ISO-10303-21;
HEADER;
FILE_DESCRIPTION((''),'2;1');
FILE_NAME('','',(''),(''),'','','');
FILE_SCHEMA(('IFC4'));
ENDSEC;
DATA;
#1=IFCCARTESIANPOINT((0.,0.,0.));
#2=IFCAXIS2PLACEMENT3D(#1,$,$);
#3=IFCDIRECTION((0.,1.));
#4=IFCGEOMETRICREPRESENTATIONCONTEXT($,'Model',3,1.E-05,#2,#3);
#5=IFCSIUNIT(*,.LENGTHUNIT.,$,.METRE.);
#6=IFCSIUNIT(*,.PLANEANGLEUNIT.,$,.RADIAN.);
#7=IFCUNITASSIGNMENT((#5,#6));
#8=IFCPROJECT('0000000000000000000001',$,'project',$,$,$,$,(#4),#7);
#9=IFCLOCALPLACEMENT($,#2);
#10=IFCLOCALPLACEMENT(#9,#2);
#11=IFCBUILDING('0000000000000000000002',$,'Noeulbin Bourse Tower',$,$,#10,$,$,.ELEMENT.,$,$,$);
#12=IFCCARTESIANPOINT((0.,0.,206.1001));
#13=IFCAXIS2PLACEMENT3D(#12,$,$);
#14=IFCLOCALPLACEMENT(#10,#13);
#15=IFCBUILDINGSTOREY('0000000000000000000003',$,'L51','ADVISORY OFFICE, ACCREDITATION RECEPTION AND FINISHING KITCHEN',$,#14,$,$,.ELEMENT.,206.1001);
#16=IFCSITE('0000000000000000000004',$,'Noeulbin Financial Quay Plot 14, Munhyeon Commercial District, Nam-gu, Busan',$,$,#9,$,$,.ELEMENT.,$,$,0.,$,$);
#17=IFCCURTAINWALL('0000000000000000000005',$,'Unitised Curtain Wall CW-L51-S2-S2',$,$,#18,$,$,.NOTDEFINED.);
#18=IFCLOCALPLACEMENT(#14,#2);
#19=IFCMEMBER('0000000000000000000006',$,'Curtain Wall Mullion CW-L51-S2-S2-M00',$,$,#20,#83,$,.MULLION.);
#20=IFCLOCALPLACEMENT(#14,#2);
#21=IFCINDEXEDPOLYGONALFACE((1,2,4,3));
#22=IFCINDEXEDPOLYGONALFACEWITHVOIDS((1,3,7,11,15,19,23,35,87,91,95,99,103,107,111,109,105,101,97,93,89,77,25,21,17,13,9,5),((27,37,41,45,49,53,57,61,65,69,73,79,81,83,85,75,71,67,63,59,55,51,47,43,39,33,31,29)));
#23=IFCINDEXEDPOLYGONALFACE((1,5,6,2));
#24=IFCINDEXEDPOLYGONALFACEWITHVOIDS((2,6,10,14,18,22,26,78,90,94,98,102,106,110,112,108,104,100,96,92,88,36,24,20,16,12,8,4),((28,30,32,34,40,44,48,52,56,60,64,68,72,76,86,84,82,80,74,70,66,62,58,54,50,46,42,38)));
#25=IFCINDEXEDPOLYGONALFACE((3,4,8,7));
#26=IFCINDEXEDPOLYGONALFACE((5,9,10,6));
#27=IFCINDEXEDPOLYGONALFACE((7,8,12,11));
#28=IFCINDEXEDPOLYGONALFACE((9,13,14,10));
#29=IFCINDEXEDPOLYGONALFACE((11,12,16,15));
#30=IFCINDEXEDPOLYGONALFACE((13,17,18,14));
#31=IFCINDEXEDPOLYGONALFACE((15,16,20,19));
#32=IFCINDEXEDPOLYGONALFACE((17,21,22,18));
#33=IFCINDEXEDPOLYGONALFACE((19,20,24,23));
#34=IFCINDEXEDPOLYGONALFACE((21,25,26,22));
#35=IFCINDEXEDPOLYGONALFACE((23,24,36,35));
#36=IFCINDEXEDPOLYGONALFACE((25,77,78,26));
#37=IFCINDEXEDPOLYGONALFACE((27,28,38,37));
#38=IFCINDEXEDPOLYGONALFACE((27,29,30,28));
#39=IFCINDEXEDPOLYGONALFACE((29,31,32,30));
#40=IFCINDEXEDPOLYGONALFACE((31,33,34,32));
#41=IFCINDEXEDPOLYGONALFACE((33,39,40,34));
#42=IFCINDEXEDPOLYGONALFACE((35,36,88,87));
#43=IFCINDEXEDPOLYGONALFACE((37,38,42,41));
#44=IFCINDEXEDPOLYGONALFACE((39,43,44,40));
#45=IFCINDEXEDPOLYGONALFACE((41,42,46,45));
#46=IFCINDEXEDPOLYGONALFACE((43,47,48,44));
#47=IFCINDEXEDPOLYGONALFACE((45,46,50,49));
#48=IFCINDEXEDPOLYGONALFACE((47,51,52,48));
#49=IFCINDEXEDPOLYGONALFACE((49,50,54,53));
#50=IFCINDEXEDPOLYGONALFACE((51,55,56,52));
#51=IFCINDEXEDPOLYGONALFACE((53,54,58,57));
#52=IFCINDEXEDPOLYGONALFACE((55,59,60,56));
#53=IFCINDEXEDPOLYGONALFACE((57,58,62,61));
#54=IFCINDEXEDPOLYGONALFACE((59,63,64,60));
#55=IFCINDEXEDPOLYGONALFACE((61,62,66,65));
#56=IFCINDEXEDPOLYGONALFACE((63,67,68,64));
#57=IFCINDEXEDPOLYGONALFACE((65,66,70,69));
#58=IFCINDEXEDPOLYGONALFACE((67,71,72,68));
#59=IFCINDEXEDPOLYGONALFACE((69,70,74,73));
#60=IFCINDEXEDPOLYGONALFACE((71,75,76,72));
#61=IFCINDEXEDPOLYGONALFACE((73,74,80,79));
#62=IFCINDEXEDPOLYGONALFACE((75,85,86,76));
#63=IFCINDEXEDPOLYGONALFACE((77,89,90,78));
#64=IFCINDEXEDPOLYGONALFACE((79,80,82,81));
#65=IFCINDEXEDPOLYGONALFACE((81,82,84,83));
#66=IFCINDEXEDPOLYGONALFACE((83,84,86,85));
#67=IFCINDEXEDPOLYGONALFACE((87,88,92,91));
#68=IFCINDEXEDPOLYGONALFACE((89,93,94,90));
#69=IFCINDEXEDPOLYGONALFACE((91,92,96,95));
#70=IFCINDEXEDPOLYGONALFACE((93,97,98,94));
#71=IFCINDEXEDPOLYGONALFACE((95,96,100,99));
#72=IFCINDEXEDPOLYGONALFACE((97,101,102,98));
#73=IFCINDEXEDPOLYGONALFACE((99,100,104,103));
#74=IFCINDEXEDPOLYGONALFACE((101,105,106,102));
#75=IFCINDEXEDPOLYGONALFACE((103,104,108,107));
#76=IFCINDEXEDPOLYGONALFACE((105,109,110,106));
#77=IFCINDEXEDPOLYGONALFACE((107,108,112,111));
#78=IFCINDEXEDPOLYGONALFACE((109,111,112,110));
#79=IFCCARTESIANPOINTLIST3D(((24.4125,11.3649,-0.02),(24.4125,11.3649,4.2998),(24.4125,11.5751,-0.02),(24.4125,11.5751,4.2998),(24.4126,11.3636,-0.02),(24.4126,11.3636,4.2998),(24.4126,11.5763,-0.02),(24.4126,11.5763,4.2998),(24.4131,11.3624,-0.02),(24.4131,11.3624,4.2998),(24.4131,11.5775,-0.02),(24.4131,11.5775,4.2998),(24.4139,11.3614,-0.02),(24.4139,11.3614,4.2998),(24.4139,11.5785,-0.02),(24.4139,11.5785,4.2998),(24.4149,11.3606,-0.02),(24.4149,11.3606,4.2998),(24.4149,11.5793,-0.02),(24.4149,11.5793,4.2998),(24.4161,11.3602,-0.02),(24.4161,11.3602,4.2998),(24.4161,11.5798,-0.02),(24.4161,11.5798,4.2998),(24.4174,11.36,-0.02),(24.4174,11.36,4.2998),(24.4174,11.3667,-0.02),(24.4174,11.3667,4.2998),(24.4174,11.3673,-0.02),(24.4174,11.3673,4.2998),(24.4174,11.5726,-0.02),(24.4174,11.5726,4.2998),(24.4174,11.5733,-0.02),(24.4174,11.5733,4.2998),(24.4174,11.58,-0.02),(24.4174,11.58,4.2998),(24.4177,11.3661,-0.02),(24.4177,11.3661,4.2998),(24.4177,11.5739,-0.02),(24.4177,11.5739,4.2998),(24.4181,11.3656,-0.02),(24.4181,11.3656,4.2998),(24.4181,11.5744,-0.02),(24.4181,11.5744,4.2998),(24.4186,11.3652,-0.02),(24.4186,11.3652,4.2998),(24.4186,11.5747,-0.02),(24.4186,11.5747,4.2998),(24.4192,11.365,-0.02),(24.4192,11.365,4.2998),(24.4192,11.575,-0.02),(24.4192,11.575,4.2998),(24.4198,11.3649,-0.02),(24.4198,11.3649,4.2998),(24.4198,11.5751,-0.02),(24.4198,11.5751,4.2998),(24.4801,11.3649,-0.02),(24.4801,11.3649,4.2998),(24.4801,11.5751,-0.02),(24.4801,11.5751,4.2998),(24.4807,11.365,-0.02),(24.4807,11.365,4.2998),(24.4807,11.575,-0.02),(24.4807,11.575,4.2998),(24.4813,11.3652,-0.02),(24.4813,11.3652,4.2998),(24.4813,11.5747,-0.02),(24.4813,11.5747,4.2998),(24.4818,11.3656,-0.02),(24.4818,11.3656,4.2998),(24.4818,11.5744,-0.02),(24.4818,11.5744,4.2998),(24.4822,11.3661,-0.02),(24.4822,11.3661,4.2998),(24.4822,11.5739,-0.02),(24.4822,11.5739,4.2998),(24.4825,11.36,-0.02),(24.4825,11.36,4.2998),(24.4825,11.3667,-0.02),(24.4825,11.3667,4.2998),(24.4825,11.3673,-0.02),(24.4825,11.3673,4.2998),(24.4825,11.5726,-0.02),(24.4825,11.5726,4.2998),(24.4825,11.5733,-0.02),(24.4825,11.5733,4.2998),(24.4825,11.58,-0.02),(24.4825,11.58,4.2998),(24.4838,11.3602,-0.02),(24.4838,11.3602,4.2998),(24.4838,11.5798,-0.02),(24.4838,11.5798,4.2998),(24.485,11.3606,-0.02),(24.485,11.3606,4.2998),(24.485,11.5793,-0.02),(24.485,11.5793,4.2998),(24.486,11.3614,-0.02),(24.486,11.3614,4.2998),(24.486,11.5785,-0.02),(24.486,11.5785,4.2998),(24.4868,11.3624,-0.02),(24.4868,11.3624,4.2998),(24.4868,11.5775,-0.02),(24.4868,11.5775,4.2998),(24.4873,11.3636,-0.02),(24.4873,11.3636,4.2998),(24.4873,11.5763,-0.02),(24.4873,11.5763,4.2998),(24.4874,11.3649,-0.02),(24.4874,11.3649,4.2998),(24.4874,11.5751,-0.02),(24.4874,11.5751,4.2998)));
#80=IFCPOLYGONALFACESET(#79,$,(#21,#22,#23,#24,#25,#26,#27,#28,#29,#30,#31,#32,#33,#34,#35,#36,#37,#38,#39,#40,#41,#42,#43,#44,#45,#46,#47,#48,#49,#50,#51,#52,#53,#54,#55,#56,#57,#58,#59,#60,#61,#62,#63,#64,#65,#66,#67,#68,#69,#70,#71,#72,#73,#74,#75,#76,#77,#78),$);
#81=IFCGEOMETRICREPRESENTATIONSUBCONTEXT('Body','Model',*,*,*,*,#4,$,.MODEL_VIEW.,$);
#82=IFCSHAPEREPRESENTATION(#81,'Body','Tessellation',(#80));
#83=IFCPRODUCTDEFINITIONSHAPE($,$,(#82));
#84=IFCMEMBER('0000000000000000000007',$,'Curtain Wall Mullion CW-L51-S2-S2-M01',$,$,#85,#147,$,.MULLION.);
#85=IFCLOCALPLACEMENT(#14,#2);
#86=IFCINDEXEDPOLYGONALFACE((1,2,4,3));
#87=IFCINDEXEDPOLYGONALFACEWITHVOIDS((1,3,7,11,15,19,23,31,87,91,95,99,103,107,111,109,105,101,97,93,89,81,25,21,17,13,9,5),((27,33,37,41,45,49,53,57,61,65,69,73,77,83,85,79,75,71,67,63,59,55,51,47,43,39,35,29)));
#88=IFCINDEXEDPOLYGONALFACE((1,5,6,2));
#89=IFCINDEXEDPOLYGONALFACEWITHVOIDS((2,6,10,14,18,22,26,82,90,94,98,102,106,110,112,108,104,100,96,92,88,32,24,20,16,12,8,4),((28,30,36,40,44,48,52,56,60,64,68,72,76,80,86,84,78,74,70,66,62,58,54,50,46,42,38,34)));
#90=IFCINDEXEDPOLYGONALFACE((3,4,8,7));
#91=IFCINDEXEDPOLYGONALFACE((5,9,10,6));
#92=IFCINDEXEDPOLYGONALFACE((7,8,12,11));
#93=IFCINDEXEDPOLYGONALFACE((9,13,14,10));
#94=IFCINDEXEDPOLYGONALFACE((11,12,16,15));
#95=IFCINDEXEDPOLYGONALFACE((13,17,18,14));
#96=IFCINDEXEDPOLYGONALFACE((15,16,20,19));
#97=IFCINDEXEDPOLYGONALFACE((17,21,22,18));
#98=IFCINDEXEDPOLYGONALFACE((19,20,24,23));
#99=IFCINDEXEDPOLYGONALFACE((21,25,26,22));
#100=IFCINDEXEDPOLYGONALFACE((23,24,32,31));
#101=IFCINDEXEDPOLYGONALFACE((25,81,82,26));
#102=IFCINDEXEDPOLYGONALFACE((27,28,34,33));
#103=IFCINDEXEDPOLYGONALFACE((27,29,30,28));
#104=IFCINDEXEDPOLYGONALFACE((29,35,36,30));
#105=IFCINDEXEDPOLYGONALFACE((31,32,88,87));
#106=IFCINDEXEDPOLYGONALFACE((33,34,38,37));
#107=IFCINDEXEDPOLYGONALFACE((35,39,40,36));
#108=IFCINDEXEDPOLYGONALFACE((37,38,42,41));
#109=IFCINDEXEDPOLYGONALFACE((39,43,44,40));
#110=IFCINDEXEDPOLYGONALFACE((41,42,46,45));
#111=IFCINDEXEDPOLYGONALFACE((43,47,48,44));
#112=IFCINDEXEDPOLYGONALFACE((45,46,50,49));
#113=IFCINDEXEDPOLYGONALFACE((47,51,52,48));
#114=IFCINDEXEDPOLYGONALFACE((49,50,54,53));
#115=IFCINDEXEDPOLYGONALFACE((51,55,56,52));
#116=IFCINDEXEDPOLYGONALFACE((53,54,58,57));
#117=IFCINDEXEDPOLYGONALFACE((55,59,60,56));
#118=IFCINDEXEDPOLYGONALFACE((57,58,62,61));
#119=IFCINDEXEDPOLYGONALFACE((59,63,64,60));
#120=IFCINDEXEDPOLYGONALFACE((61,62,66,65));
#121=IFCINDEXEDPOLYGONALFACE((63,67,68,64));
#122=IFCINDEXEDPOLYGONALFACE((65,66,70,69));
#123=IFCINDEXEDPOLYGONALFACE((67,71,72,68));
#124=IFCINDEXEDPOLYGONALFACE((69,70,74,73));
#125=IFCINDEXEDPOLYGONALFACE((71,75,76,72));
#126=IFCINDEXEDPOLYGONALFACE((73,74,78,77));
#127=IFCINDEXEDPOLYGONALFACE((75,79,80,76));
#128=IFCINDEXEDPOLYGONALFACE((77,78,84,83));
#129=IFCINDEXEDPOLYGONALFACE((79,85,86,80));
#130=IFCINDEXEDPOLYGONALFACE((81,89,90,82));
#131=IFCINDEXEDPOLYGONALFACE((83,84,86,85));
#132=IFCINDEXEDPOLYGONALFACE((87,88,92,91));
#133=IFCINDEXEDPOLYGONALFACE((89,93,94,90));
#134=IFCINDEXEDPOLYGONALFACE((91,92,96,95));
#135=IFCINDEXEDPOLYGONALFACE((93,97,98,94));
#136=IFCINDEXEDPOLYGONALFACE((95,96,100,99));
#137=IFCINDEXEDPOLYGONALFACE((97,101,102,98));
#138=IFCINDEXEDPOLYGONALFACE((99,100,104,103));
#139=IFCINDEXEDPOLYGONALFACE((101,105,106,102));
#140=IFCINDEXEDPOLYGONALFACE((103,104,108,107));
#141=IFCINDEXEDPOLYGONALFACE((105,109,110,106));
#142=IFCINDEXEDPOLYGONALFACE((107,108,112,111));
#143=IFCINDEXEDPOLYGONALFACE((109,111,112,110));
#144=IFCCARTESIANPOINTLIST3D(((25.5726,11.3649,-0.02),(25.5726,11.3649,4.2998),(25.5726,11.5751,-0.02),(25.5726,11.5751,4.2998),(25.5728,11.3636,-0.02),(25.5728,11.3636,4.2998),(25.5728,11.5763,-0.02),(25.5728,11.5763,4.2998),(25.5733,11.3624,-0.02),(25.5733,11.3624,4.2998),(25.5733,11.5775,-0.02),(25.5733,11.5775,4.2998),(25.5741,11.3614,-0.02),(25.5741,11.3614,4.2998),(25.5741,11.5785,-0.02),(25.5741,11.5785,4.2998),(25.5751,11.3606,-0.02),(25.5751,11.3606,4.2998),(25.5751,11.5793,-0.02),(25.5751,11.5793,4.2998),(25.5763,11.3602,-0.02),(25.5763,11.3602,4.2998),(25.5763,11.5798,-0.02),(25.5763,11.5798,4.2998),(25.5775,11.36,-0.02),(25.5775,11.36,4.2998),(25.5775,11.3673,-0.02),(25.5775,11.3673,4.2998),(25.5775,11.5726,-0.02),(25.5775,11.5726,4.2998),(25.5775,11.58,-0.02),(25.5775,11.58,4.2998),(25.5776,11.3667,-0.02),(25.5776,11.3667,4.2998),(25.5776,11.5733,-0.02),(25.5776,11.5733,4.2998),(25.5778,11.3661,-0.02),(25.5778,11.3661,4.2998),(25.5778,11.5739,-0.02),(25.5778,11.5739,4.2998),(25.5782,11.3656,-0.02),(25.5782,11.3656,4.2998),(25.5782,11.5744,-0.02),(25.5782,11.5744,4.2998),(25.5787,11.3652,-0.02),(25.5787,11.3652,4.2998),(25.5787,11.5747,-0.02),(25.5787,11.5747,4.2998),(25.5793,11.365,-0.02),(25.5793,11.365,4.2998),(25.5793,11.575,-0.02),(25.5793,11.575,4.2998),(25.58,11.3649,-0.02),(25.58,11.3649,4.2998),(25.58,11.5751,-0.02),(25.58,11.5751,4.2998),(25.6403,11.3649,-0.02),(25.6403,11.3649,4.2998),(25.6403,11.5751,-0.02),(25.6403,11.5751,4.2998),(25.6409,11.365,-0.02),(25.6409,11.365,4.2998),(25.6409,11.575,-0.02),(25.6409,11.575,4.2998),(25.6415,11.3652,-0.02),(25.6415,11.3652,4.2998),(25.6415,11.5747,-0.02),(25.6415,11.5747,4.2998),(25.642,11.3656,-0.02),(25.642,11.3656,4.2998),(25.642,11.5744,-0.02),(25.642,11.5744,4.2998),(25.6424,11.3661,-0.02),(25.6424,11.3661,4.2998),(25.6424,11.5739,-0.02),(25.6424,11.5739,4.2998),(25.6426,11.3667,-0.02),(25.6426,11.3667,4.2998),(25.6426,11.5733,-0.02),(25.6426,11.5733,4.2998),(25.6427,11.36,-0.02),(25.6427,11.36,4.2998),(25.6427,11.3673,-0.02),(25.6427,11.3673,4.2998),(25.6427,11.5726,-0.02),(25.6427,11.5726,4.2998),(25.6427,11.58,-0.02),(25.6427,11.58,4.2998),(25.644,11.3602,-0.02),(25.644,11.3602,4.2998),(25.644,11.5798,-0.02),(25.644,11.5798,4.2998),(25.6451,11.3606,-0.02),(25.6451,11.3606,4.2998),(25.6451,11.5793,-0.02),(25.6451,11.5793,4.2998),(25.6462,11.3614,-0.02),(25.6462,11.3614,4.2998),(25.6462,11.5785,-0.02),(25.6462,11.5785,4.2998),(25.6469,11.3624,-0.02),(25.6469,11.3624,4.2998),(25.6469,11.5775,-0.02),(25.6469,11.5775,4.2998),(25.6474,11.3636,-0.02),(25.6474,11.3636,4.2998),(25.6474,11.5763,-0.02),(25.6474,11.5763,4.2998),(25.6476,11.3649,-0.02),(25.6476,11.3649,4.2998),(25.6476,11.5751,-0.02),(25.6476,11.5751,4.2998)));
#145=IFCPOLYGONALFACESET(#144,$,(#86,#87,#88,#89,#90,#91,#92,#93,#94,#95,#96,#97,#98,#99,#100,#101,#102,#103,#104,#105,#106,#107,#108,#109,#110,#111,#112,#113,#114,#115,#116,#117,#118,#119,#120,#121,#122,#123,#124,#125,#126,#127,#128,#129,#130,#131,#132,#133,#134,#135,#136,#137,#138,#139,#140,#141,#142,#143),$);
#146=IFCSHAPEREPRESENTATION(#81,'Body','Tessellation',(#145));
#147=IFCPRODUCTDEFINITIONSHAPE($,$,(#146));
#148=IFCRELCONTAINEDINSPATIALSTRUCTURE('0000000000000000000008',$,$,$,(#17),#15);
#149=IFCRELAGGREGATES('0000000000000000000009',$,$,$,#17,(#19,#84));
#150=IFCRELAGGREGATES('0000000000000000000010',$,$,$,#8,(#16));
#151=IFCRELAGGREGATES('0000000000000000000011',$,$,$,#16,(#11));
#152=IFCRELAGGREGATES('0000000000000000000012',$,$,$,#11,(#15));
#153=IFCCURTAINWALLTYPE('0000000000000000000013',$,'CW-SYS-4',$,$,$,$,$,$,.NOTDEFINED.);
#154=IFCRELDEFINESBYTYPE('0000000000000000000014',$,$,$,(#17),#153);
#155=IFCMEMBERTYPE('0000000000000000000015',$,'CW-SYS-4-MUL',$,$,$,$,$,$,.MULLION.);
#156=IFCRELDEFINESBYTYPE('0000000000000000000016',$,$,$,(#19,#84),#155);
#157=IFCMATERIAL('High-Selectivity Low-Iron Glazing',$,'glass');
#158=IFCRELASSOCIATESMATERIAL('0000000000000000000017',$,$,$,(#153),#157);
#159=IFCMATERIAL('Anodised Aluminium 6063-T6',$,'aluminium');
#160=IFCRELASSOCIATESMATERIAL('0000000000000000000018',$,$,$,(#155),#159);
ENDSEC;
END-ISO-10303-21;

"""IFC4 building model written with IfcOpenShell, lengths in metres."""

from ifc_helpers import new_model, si_unit, direction, frame, origin, origin_2d, place, context, subcontext, project, spatial, hollow_rectangle, extrude, material, material_profile, profile_set, type_object, element, aggregate, save


model = new_model("IFC4")

# Units and contexts
model_context = context("Model", 3, precision=1e-05, world=origin(), true_north=direction((0.0, 1.0)))
body_context = subcontext(model_context, "Body", "Model", "MODEL_VIEW")
ifc_project = project(units=[si_unit("LENGTHUNIT", "METRE"), si_unit("PLANEANGLEUNIT", "RADIAN")], contexts=[model_context])

# Site, building, storey
site_placement = place(None, origin())
site = spatial("IfcSite", under=ifc_project, at=site_placement, Name="Noeulbin Financial Quay Plot 14, Munhyeon Commercial District, Nam-gu, Busan", CompositionType="ELEMENT", RefElevation=0.0)
building_placement = place(site_placement, origin())
building = spatial("IfcBuilding", under=site, at=building_placement, Name="Noeulbin Bourse Tower", CompositionType="ELEMENT")
storey_placement = place(building_placement, frame((0.0, 0.0, 206.1001)))
storey = spatial("IfcBuildingStorey", under=building, at=storey_placement, Name="L51", Description="ADVISORY OFFICE, ACCREDITATION RECEPTION AND FINISHING KITCHEN", CompositionType="ELEMENT", Elevation=206.1001)

# Curtain wall, members
ifc_material_1 = material(Name="High-Selectivity Low-Iron Glazing", Category="glass")
curtain_wall_type = type_object("IfcCurtainWallType", Name="CW-SYS-4", PredefinedType="NOTDEFINED", material=ifc_material_1)
ifc_material_2 = material(Name="Anodised Aluminium 6063-T6", Category="aluminium")
ifc_material_profile_1 = material_profile(ifc_material_2, hollow_rectangle(XDim=0.075, YDim=0.22, WallThickness=0.0049, InnerFilletRadius=0.0024, OuterFilletRadius=0.0049, at=origin_2d()), Name="ALU-MULL-75x220x5", Category="LoadBearing")
ifc_profile_set_1 = profile_set([ifc_material_profile_1], Name="Anodised Aluminium 6063-T6")
member_type_1 = type_object("IfcMemberType", Name="CW-SYS-4-MUL", PredefinedType="MULLION", material=ifc_profile_set_1)
curtain_wall_1_placement = place(storey_placement, origin())
curtain_wall_1 = element("IfcCurtainWall", 1, at=curtain_wall_1_placement, inside=storey, type_object=curtain_wall_type, Name="Unitised Curtain Wall CW-L51-S2-S2", PredefinedType="NOTDEFINED")
member_1_placement = place(storey_placement, frame((24.45, 11.47, -0.02), z_axis=(0.0, 0.0, 1.0), x_axis=(1.0, 0.0, 0.0)))
member_1 = element("IfcMember", 2, at=member_1_placement, type_object=member_type_1, Name="Curtain Wall Mullion CW-L51-S2-S2-M00", PredefinedType="MULLION", context=body_context, shape_type="SweptSolid", body=[
    extrude(hollow_rectangle(XDim=0.075, YDim=0.22, WallThickness=0.0049, InnerFilletRadius=0.0024, OuterFilletRadius=0.0049, at=origin_2d()), origin(), (0.0, 0.0, 1.0), 4.3198),
])
member_2_placement = place(storey_placement, frame((25.6101, 11.47, -0.02), z_axis=(0.0, 0.0, 1.0), x_axis=(1.0, 0.0, 0.0)))
member_2 = element("IfcMember", 3, at=member_2_placement, type_object=member_type_1, Name="Curtain Wall Mullion CW-L51-S2-S2-M01", PredefinedType="MULLION", context=body_context, shape_type="SweptSolid", body=[
    extrude(hollow_rectangle(XDim=0.075, YDim=0.22, WallThickness=0.0049, InnerFilletRadius=0.0024, OuterFilletRadius=0.0049, at=origin_2d()), origin(), (0.0, 0.0, 1.0), 4.3198),
])

aggregate(curtain_wall_1, [member_1, member_2])

save(model, "model.ifc")
